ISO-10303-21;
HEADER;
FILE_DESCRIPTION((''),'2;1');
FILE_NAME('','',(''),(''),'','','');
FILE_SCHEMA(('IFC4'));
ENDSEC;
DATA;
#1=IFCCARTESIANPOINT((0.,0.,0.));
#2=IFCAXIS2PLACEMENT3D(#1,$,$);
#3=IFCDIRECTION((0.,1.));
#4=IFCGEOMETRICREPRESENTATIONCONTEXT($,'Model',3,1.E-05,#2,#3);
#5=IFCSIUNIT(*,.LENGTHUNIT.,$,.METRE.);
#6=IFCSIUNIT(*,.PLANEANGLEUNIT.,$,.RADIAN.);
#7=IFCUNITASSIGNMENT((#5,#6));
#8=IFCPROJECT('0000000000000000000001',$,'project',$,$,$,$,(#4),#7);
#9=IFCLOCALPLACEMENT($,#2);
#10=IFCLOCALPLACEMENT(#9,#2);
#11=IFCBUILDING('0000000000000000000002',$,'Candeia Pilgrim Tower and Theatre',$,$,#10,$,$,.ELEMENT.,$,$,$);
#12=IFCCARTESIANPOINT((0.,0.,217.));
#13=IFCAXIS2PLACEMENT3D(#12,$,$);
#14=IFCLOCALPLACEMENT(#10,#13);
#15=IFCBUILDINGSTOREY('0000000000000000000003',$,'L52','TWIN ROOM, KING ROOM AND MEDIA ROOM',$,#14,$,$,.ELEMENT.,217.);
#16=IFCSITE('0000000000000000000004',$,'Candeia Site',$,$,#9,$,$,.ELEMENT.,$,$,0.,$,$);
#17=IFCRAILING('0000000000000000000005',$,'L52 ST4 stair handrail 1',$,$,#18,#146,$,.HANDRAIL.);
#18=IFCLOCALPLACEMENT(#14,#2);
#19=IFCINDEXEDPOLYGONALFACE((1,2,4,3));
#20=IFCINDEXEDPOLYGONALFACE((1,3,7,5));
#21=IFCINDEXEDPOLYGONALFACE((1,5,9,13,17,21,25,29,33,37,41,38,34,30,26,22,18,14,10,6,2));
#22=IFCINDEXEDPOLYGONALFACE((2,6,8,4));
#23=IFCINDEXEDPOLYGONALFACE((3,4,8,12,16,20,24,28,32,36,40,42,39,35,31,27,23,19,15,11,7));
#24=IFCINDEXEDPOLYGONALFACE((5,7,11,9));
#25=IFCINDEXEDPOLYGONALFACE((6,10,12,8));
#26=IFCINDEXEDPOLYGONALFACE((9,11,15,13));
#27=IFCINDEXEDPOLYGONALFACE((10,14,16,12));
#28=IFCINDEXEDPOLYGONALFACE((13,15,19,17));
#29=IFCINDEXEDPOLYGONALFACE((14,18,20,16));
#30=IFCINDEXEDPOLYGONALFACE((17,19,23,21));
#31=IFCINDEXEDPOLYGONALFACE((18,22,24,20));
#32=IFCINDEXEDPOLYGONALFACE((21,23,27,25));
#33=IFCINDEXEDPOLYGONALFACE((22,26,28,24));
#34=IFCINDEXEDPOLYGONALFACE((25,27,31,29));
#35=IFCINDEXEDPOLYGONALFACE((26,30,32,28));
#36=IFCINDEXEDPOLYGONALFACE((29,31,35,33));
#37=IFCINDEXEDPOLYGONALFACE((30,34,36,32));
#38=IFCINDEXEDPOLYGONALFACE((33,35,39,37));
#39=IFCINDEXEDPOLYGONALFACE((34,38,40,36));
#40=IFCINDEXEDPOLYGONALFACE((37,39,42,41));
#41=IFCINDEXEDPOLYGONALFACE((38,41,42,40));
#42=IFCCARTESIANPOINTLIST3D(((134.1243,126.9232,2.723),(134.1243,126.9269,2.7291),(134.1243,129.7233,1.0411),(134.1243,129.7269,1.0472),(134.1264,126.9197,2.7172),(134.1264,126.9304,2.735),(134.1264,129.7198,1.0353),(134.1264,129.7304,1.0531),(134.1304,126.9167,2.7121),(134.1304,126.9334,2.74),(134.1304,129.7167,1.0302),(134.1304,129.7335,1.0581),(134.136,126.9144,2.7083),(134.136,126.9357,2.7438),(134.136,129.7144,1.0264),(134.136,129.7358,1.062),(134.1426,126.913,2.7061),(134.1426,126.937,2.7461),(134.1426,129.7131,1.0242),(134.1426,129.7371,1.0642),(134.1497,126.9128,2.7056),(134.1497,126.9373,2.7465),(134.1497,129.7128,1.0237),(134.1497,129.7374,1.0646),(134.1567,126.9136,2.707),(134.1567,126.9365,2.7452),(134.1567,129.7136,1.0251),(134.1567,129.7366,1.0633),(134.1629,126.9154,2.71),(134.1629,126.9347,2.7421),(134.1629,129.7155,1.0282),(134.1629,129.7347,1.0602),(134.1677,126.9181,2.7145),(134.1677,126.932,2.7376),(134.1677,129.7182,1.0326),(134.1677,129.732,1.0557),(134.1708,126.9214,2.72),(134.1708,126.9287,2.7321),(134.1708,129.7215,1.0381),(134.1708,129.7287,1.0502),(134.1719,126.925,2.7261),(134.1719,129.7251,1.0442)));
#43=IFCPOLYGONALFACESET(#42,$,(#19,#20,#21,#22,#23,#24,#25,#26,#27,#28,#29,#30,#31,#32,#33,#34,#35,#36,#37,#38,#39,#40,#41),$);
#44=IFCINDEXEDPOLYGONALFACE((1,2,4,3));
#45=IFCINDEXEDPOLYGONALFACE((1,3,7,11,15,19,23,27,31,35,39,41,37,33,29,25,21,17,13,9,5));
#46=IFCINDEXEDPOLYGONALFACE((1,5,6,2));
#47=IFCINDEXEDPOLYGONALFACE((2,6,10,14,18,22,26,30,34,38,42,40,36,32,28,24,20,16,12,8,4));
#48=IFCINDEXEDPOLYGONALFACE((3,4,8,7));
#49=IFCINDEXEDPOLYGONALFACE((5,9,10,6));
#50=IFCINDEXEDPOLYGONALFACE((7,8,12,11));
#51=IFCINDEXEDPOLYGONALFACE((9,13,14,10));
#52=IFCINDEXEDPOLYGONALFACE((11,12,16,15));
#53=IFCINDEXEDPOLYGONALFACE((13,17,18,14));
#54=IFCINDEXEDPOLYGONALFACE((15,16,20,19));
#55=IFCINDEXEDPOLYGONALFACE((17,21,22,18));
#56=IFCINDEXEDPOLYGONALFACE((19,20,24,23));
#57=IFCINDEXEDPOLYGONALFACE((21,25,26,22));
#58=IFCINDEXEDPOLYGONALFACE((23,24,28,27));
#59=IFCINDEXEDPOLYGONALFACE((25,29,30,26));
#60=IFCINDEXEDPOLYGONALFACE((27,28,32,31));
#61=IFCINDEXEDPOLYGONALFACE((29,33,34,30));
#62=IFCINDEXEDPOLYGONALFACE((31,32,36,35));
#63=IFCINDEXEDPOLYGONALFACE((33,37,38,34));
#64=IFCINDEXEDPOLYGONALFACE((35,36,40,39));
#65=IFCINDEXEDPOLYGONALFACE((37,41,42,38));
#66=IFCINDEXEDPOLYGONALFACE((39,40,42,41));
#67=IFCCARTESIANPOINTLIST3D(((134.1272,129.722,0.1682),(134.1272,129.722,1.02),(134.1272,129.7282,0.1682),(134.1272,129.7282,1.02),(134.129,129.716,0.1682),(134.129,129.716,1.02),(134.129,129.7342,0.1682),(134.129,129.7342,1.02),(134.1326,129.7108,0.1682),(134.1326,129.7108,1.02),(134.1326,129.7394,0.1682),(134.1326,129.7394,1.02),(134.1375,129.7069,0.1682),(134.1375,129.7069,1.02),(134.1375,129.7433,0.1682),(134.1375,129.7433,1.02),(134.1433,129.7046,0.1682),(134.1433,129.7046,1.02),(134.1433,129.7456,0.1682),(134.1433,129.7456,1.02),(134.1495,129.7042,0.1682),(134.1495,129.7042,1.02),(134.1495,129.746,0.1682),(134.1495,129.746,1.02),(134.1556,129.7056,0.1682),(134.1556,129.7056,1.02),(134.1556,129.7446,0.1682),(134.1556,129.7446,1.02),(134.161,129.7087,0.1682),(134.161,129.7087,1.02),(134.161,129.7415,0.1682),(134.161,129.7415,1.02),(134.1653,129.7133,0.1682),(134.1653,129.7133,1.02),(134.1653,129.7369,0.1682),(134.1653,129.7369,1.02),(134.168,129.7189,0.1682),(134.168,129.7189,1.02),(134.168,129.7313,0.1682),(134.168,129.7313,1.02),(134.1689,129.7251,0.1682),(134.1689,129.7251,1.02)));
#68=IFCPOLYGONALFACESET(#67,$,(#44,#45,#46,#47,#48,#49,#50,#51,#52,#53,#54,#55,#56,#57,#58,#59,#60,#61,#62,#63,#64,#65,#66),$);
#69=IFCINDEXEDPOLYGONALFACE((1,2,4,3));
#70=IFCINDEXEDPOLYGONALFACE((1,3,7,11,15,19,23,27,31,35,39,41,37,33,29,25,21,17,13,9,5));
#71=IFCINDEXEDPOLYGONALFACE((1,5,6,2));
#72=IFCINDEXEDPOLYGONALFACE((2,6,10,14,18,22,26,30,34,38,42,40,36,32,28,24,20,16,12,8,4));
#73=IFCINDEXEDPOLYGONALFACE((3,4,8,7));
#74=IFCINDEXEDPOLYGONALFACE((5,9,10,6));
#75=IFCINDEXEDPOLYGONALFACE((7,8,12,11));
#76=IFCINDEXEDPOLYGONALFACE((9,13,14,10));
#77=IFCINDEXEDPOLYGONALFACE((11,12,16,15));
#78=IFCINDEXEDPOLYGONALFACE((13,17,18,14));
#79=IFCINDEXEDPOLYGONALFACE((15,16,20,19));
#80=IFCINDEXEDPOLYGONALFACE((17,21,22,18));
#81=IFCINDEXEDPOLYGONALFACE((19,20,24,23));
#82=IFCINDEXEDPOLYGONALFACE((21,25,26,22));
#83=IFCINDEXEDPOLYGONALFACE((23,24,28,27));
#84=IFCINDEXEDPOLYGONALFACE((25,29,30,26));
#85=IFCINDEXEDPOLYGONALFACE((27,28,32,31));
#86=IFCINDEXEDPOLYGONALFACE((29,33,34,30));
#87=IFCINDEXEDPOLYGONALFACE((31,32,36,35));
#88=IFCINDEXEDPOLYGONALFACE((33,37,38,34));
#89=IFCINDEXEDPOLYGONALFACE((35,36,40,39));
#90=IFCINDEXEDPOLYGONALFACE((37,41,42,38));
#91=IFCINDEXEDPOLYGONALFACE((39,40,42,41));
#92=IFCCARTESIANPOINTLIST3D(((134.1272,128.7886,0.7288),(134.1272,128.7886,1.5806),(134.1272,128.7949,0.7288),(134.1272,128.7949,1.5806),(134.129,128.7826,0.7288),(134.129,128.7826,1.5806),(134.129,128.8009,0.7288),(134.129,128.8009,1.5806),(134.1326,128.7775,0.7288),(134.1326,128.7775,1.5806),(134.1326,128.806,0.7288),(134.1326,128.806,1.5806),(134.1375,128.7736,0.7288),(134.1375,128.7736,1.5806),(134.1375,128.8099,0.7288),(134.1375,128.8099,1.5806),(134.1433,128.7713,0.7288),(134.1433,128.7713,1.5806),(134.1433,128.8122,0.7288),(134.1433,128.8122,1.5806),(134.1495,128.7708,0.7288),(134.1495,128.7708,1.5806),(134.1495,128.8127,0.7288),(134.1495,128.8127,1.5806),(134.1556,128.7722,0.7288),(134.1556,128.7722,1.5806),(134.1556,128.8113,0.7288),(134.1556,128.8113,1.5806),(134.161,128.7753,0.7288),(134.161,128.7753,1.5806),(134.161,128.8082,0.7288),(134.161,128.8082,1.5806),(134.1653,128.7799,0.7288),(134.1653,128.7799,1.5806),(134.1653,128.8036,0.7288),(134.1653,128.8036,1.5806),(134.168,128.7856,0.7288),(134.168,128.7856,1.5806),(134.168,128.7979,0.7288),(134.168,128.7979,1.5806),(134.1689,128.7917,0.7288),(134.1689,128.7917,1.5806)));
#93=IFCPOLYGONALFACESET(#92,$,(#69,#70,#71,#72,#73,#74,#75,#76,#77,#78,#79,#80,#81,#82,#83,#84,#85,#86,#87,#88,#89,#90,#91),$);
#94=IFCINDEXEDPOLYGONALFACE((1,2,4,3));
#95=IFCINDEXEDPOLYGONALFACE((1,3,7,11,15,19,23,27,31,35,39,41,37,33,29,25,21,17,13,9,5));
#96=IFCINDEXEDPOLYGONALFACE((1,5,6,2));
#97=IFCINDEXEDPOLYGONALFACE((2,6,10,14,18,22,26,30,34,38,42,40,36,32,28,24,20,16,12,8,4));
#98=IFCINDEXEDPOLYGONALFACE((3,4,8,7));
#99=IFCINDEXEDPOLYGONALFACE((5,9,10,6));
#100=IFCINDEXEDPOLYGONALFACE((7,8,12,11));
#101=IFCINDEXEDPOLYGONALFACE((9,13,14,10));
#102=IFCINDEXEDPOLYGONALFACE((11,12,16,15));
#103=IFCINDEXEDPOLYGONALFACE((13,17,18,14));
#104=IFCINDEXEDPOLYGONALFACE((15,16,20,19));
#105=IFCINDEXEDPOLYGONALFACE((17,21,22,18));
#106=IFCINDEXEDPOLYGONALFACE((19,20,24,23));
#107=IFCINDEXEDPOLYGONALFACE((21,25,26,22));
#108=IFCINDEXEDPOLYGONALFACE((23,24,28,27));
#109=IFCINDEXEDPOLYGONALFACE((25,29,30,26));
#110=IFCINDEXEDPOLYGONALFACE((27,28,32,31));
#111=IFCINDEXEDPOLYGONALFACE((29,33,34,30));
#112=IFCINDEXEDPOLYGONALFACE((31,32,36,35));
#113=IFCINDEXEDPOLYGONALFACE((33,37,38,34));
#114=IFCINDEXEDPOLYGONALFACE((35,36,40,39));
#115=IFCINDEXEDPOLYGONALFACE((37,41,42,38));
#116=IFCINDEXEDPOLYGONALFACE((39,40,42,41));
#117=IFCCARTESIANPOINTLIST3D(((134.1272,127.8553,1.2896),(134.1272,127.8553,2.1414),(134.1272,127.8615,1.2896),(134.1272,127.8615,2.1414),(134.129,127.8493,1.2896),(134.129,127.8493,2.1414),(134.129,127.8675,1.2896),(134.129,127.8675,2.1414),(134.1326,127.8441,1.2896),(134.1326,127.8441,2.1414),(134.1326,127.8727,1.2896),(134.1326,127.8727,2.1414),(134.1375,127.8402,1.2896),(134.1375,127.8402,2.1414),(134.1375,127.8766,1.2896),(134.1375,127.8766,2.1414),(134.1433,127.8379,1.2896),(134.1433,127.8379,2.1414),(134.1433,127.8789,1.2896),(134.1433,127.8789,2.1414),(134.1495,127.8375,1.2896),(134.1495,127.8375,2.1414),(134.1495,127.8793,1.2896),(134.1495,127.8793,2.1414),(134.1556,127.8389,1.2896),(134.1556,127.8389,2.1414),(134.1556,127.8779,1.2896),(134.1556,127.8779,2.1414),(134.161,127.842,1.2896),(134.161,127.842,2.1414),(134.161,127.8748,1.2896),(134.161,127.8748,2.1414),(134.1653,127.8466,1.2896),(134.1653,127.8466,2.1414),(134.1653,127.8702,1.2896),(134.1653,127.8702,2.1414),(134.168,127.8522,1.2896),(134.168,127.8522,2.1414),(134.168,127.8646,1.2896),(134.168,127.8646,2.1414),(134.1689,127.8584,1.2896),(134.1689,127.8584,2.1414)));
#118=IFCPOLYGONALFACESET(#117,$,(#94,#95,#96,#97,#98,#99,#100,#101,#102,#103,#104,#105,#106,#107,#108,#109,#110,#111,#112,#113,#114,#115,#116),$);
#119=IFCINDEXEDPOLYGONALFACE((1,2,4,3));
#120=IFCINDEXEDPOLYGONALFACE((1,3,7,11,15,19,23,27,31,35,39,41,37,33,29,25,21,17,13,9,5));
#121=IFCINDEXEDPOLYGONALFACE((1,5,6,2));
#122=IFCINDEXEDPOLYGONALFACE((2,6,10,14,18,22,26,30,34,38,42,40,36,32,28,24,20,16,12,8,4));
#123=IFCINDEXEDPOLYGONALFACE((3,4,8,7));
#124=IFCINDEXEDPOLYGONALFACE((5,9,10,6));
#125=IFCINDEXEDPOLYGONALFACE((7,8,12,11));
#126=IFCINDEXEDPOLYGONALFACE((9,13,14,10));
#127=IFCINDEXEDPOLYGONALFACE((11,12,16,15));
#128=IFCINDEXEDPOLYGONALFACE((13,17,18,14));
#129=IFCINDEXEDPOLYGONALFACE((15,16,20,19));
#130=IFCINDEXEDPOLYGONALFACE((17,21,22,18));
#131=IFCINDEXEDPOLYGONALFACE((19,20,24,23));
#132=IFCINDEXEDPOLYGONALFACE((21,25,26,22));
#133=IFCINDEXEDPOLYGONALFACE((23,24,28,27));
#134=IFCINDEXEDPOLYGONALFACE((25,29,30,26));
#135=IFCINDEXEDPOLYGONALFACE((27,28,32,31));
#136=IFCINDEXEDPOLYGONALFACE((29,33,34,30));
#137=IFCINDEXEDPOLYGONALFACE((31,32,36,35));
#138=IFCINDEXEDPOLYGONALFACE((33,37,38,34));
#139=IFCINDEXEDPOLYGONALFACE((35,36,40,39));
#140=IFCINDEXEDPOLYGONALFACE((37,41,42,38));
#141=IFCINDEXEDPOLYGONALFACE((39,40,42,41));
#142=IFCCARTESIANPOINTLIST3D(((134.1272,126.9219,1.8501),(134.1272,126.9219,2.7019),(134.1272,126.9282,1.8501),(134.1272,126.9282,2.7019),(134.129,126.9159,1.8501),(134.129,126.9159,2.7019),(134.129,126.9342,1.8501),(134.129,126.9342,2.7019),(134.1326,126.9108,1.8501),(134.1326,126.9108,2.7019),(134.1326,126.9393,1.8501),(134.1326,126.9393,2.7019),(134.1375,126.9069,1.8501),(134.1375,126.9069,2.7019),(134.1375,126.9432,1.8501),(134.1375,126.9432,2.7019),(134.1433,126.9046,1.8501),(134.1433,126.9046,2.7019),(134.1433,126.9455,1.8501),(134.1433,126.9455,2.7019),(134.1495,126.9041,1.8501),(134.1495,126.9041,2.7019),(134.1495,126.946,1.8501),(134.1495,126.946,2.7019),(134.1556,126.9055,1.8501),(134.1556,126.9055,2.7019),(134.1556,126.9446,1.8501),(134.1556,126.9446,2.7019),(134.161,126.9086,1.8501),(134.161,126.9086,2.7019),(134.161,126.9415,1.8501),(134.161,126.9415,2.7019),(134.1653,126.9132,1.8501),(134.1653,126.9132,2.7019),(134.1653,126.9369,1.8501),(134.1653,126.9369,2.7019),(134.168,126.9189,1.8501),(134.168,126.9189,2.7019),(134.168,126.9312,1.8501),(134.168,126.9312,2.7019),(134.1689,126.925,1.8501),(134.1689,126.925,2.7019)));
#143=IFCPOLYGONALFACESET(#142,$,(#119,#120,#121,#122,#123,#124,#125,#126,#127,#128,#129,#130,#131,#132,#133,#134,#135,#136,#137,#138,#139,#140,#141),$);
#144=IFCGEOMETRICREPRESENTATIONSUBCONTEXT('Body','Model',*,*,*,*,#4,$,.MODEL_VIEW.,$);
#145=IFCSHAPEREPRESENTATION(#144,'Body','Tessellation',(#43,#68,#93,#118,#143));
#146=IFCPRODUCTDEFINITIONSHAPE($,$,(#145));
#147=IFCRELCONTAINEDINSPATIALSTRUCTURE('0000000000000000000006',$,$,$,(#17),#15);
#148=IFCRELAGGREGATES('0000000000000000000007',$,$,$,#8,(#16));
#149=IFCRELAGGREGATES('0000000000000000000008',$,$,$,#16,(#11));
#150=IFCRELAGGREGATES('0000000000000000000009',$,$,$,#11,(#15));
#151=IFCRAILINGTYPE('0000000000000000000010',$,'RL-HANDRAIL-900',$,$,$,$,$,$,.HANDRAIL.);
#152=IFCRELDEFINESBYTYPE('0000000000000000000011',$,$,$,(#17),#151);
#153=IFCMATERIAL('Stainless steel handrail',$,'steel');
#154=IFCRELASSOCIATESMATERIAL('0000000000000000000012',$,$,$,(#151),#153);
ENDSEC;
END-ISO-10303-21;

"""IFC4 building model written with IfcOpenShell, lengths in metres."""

from ifc_helpers import new_model, si_unit, direction, frame, origin, origin_2d, place, context, subcontext, project, spatial, circle, extrude, material, type_object, element, save


model = new_model("IFC4")

# Units and contexts
model_context = context("Model", 3, precision=1e-05, world=origin(), true_north=direction((0.0, 1.0)))
body_context = subcontext(model_context, "Body", "Model", "MODEL_VIEW")
ifc_project = project(units=[si_unit("LENGTHUNIT", "METRE"), si_unit("PLANEANGLEUNIT", "RADIAN")], contexts=[model_context])

# Site, building, storey
site_placement = place(None, origin())
site = spatial("IfcSite", under=ifc_project, at=site_placement, Name="Candeia Site", CompositionType="ELEMENT", RefElevation=0.0)
building_placement = place(site_placement, origin())
building = spatial("IfcBuilding", under=site, at=building_placement, Name="Candeia Pilgrim Tower and Theatre", CompositionType="ELEMENT")
storey_placement = place(building_placement, frame((0.0, 0.0, 217.0)))
storey = spatial("IfcBuildingStorey", under=building, at=storey_placement, Name="L52", Description="TWIN ROOM, KING ROOM AND MEDIA ROOM", CompositionType="ELEMENT", Elevation=217.0)

# Railing
ifc_material_1 = material(Name="Stainless steel handrail", Category="steel")
railing_type_1 = type_object("IfcRailingType", Name="RL-HANDRAIL-900", PredefinedType="HANDRAIL", material=ifc_material_1)
railing_1_placement = place(storey_placement, frame((134.1479, 129.7251, 0.1682)))
element("IfcRailing", 1, at=railing_1_placement, inside=storey, type_object=railing_type_1, Name="L52 ST4 stair handrail 1", PredefinedType="HANDRAIL", context=body_context, shape_type="SweptSolid", body=[
    extrude(circle(Radius=0.0239, at=origin_2d()), frame((0.0, 0.0, 0.876), z_axis=(0.0, -0.857242, 0.514913), x_axis=(1.0, 0.0, 0.0)), (0.0, 0.0, 1.0), 3.2664),
    extrude(circle(Radius=0.021, at=origin_2d()), origin(), (0.0, 0.0, 1.0), 0.8518),
    extrude(circle(Radius=0.021, at=origin_2d()), frame((0.0, -0.9333, 0.5605)), (0.0, 0.0, 1.0), 0.8518),
    extrude(circle(Radius=0.021, at=origin_2d()), frame((0.0, -1.8667, 1.1213)), (0.0, 0.0, 1.0), 0.8518),
    extrude(circle(Radius=0.021, at=origin_2d()), frame((0.0, -2.8, 1.6819)), (0.0, 0.0, 1.0), 0.8518),
])

save(model, "model.ifc")
